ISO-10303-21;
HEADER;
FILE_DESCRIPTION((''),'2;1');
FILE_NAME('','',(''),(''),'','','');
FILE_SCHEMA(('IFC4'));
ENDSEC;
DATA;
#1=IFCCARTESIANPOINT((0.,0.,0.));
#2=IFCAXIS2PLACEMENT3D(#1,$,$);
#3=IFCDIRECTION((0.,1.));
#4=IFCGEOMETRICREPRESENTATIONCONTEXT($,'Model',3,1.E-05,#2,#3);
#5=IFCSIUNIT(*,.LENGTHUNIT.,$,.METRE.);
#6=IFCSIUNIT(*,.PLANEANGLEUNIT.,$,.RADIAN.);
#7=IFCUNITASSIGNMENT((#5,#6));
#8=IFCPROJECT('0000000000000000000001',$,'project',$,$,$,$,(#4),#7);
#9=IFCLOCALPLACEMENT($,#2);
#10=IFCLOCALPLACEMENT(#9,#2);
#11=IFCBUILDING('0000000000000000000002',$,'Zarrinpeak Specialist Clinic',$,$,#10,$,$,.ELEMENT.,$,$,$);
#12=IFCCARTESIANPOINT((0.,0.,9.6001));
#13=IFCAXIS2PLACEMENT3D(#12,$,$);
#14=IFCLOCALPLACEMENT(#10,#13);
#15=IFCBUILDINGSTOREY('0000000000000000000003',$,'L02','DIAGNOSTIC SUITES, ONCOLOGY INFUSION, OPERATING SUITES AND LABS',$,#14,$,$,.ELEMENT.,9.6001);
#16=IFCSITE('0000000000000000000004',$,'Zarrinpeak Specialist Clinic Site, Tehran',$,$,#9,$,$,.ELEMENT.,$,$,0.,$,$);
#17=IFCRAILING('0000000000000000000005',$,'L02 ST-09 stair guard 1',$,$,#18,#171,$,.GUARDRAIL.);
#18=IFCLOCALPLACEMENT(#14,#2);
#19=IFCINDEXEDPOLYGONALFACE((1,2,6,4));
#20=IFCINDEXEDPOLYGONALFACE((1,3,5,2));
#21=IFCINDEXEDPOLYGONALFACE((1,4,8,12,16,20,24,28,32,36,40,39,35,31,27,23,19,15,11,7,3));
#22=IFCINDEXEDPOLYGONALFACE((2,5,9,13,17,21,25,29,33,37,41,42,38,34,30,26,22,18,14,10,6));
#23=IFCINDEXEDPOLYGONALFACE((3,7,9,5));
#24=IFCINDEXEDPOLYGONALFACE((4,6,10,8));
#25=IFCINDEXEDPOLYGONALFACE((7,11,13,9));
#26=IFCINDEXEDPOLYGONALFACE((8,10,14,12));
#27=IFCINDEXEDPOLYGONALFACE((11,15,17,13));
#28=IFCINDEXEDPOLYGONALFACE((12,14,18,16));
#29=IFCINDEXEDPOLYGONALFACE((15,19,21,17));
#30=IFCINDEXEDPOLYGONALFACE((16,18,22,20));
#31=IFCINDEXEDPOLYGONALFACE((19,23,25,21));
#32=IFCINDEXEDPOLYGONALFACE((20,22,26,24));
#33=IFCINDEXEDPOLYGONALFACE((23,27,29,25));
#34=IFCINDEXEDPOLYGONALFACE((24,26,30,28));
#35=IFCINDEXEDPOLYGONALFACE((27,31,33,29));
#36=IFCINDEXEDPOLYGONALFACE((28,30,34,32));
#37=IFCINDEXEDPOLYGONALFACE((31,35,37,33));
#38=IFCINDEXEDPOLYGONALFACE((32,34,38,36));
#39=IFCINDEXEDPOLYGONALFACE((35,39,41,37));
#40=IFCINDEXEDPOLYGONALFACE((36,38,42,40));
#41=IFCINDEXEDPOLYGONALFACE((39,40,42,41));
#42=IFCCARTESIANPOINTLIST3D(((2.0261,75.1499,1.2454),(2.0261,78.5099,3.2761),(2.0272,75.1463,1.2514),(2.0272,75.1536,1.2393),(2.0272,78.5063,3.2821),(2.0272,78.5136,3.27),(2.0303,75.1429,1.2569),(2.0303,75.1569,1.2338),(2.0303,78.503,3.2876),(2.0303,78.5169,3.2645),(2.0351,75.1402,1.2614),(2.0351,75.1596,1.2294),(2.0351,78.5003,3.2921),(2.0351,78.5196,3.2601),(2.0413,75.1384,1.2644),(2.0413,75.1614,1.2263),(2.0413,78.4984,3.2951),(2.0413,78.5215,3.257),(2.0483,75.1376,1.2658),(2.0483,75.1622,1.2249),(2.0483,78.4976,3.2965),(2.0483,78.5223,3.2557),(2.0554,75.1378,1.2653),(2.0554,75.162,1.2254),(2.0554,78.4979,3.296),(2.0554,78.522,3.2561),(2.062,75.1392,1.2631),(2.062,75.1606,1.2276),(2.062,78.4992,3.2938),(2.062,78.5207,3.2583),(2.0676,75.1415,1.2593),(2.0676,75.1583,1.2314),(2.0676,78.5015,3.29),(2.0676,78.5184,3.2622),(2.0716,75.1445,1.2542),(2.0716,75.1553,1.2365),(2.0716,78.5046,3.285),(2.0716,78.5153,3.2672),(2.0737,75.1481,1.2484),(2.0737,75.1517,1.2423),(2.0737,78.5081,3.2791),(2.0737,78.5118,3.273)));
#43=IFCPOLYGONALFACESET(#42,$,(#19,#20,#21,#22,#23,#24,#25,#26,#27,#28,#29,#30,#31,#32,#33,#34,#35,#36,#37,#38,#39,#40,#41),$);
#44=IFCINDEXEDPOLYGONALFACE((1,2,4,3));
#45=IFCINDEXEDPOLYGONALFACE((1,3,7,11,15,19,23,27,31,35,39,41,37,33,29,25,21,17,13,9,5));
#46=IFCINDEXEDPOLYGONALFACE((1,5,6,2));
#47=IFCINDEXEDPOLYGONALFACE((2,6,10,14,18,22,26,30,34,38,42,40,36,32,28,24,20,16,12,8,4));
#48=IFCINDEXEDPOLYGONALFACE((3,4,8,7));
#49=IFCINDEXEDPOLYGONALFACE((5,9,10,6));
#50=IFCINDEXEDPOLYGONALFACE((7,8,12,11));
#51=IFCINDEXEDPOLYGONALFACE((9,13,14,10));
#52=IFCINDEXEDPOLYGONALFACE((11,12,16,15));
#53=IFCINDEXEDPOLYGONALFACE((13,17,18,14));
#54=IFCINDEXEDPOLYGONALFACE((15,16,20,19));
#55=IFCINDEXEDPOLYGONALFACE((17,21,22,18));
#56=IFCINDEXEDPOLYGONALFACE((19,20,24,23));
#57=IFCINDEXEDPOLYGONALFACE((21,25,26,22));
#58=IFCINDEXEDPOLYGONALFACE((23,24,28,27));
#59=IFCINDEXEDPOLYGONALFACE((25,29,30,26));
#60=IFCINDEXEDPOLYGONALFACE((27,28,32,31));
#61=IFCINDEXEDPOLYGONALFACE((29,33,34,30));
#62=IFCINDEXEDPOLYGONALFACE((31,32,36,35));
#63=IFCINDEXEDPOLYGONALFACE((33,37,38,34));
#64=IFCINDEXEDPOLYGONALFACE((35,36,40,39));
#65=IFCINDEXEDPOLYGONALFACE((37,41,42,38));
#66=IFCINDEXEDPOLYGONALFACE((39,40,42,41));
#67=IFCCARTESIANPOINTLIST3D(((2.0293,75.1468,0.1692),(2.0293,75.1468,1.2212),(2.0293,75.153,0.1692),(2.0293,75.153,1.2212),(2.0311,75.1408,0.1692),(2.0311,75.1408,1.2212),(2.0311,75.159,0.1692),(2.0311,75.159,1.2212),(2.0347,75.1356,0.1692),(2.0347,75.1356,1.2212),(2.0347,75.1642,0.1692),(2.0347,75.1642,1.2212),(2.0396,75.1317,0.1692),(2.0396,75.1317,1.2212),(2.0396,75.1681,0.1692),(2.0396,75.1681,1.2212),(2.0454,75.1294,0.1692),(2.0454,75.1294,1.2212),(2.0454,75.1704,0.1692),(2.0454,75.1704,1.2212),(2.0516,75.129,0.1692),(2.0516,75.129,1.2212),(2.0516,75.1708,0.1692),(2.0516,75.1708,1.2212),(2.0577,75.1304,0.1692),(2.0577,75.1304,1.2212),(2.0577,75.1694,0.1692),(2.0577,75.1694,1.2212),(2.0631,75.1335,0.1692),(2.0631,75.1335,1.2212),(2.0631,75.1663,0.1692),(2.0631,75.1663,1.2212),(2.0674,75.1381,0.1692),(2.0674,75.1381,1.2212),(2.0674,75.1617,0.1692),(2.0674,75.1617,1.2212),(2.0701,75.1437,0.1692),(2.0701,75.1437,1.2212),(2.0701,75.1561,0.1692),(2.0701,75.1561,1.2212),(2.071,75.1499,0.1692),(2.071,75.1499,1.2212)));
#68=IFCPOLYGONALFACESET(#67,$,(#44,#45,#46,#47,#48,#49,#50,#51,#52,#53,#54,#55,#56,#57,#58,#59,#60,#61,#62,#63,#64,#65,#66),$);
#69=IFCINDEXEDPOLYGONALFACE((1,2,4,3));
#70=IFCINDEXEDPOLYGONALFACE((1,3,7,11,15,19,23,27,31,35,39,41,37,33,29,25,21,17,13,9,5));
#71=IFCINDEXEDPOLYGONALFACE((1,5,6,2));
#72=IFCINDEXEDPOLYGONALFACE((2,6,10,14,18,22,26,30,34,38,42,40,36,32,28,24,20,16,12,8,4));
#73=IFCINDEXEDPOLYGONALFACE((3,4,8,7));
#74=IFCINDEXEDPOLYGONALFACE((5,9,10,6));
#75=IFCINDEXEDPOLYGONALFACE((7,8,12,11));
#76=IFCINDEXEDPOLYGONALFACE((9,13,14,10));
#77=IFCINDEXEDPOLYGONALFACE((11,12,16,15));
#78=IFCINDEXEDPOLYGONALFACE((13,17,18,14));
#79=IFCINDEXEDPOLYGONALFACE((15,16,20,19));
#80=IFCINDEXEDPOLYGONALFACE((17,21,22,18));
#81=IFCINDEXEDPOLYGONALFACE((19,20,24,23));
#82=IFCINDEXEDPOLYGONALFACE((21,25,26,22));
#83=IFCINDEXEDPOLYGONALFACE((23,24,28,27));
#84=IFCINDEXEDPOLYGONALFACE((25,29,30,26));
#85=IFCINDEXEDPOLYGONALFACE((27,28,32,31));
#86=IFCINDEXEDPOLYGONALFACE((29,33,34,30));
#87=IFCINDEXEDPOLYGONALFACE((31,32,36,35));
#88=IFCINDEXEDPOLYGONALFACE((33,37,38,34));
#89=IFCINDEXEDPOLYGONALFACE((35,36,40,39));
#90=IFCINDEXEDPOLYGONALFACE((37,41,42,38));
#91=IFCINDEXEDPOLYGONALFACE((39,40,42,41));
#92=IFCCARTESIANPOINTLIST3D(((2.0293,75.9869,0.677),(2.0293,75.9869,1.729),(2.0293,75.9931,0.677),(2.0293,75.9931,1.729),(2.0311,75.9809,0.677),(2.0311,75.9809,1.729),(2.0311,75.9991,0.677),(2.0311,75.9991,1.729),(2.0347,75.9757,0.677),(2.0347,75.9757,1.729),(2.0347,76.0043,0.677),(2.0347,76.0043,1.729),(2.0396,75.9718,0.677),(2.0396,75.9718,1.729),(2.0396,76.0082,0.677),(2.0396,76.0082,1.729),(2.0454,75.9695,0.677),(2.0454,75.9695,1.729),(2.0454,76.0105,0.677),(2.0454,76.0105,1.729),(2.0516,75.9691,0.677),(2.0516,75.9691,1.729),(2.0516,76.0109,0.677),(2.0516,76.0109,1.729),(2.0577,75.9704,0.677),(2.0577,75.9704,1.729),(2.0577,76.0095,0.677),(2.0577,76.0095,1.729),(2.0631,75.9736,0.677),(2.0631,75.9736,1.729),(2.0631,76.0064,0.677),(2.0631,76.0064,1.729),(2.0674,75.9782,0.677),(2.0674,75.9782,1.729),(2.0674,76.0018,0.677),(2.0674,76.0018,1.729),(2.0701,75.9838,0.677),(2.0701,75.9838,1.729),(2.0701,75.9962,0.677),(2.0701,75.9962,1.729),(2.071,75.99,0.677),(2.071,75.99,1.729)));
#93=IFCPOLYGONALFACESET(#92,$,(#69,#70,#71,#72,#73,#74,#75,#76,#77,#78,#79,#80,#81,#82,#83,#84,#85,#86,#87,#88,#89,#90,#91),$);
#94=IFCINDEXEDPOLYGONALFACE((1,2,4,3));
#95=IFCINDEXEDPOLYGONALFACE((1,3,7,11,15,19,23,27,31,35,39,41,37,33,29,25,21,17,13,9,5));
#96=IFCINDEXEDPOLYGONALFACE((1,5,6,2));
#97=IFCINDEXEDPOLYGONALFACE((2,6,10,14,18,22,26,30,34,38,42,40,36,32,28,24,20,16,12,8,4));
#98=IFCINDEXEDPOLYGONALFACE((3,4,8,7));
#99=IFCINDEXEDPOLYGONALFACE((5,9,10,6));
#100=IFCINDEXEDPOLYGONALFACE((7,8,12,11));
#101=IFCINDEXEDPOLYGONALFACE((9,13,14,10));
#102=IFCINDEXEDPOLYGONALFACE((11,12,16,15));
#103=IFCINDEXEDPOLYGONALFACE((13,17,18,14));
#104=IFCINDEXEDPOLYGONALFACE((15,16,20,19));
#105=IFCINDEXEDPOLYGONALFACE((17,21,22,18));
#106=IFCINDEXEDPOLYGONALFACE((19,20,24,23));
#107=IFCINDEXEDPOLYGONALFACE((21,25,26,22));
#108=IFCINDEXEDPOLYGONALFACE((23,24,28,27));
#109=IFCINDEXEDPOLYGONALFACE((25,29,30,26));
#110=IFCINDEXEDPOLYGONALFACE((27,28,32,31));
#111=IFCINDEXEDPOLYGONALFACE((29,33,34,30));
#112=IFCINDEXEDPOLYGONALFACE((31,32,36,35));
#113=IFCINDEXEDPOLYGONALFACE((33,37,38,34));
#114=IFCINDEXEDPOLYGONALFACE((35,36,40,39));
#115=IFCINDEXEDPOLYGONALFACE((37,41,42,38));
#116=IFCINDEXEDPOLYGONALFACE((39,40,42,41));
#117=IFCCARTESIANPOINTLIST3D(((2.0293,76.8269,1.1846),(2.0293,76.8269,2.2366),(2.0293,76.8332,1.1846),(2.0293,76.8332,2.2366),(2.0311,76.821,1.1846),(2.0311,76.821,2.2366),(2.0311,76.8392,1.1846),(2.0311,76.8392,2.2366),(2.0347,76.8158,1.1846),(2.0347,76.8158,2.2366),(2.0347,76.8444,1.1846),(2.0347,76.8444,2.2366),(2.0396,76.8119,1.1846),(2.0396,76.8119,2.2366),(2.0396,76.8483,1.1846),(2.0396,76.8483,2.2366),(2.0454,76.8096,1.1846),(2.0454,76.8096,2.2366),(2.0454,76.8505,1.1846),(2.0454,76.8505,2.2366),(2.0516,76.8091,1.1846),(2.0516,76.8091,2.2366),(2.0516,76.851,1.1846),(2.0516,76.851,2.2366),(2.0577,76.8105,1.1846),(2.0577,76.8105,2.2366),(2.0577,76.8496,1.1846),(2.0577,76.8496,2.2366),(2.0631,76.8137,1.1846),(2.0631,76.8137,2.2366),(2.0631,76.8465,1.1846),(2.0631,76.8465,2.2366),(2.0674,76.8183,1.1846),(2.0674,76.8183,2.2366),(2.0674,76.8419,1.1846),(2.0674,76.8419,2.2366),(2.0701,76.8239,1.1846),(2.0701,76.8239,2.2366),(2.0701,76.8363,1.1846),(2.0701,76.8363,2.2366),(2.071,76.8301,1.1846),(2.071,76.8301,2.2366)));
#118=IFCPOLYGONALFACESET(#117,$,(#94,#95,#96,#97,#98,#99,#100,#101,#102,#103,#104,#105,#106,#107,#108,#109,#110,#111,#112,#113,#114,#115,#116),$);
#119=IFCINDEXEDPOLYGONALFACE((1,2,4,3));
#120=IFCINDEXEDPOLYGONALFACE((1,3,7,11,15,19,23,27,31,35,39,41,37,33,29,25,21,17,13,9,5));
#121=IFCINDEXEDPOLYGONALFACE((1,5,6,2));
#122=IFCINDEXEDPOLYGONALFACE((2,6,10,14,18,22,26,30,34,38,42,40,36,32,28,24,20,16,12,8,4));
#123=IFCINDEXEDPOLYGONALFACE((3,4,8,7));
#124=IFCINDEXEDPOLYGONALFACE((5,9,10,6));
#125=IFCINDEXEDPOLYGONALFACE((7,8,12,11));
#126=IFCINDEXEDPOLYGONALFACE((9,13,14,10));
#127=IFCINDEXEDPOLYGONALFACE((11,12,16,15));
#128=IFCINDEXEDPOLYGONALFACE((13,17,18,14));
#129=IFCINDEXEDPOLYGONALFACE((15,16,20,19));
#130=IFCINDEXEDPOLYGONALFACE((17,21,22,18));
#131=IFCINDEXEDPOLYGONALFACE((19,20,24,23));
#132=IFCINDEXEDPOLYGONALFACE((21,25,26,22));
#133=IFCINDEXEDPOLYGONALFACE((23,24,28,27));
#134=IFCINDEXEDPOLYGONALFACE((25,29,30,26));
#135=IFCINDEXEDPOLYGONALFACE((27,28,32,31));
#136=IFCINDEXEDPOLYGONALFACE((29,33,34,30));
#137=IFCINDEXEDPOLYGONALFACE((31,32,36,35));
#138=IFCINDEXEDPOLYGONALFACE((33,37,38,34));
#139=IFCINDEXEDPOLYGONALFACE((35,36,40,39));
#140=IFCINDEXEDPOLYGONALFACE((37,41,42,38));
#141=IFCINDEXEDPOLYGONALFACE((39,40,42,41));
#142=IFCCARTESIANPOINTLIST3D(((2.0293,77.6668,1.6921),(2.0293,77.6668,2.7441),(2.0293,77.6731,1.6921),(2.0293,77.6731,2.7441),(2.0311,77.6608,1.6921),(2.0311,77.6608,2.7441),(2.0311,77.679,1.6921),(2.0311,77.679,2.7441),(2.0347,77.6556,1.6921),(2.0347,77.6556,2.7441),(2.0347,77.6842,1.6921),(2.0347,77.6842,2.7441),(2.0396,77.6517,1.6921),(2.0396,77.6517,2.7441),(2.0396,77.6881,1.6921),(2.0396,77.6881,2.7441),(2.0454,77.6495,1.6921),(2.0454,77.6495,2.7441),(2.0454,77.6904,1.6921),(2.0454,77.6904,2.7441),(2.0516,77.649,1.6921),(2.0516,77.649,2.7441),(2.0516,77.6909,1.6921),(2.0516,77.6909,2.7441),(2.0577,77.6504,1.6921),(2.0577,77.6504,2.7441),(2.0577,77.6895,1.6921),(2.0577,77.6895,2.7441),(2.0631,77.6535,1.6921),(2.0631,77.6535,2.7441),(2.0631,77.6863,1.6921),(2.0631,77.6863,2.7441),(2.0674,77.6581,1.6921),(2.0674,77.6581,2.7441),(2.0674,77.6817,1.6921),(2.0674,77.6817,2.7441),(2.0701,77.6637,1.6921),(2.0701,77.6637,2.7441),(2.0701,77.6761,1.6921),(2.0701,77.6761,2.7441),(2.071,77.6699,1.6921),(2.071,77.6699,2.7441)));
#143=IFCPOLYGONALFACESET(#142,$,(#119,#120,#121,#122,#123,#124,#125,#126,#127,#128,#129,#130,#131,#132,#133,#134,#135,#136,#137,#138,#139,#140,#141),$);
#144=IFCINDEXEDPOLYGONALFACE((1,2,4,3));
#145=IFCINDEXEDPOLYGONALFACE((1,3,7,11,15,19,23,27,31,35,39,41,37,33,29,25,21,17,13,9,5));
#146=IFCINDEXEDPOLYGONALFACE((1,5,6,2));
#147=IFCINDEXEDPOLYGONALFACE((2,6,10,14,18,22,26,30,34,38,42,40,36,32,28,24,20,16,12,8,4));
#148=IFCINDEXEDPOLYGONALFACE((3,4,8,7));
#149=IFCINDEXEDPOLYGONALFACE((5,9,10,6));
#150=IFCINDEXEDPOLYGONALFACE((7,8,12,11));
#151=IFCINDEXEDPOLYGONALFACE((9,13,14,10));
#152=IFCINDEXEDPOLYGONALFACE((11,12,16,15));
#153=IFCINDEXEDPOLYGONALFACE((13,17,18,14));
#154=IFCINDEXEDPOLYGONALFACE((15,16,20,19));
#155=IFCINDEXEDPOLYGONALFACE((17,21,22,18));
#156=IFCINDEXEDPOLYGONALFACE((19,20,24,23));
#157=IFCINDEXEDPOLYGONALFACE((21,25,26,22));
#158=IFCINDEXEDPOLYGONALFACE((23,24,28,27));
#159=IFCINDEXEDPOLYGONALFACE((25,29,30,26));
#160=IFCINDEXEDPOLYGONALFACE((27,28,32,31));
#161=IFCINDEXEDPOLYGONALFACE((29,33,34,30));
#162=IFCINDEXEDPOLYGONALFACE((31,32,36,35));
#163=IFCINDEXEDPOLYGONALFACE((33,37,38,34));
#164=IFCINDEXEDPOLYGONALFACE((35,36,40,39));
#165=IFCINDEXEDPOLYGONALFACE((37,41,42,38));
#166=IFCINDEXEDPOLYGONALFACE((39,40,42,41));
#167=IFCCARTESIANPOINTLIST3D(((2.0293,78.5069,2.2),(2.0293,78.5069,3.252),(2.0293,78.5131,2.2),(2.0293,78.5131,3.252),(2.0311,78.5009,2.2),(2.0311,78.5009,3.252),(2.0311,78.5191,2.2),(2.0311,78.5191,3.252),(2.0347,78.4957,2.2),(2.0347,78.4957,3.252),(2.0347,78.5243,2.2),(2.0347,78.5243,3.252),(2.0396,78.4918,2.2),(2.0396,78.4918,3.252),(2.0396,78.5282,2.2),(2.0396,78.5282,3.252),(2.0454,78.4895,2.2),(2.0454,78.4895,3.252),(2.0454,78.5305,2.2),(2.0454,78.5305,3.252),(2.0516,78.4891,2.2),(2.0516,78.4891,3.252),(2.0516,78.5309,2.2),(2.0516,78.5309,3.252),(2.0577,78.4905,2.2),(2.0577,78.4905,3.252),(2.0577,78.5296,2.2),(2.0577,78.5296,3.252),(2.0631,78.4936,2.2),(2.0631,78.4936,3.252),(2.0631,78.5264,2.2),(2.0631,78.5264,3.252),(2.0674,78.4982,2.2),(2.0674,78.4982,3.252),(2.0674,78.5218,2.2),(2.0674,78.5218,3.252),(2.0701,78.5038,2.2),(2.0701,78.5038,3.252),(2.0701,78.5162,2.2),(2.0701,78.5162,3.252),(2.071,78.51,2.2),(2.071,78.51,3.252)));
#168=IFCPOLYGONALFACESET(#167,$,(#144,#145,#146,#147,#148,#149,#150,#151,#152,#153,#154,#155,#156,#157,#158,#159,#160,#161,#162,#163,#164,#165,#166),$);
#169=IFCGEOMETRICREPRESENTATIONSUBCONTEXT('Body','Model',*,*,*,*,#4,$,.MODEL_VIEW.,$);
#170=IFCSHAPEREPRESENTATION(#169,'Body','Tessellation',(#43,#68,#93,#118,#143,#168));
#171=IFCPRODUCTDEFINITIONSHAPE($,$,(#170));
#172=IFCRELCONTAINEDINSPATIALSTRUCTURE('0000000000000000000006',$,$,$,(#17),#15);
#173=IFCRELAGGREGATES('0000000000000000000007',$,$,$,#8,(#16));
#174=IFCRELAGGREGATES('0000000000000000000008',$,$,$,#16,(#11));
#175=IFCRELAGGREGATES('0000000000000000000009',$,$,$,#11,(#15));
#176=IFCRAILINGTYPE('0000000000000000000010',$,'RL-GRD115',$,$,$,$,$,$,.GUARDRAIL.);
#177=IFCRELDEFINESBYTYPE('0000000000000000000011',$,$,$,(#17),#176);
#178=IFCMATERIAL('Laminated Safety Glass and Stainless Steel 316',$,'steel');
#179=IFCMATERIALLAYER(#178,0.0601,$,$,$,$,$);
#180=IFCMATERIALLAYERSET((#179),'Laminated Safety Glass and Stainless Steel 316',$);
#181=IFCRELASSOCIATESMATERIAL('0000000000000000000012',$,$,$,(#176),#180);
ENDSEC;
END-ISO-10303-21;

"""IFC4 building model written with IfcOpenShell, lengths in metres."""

from ifc_helpers import new_model, si_unit, direction, frame, origin, origin_2d, place, context, subcontext, project, spatial, circle, extrude, material, layer, layer_set, type_object, element, save


model = new_model("IFC4")

# Units and contexts
model_context = context("Model", 3, precision=1e-05, world=origin(), true_north=direction((0.0, 1.0)))
body_context = subcontext(model_context, "Body", "Model", "MODEL_VIEW")
ifc_project = project(units=[si_unit("LENGTHUNIT", "METRE"), si_unit("PLANEANGLEUNIT", "RADIAN")], contexts=[model_context])

# Site, building, storey
site_placement = place(None, origin())
site = spatial("IfcSite", under=ifc_project, at=site_placement, Name="Zarrinpeak Specialist Clinic Site, Tehran", CompositionType="ELEMENT", RefElevation=0.0)
building_placement = place(site_placement, origin())
building = spatial("IfcBuilding", under=site, at=building_placement, Name="Zarrinpeak Specialist Clinic", CompositionType="ELEMENT")
storey_placement = place(building_placement, frame((0.0, 0.0, 9.6001)))
storey = spatial("IfcBuildingStorey", under=building, at=storey_placement, Name="L02", Description="DIAGNOSTIC SUITES, ONCOLOGY INFUSION, OPERATING SUITES AND LABS", CompositionType="ELEMENT", Elevation=9.6001)

# Railing
ifc_material_1 = material(Name="Laminated Safety Glass and Stainless Steel 316", Category="steel")
ifc_layer_1 = layer(ifc_material_1, 0.0601)
ifc_layer_set_1 = layer_set([ifc_layer_1], Name="Laminated Safety Glass and Stainless Steel 316")
railing_type_1 = type_object("IfcRailingType", Name="RL-GRD115", PredefinedType="GUARDRAIL", material=ifc_layer_set_1)
railing_1_placement = place(storey_placement, frame((2.05, 75.1499, 0.1692)))
element("IfcRailing", 1, at=railing_1_placement, inside=storey, type_object=railing_type_1, Name="L02 ST-09 stair guard 1", PredefinedType="GUARDRAIL", context=body_context, shape_type="SweptSolid", body=[
    extrude(circle(Radius=0.0239, at=origin_2d()), frame((0.0, 0.0, 1.0762), z_axis=(0.0, 0.855837, 0.517246), x_axis=(-1.0, 0.0, 0.0)), (0.0, 0.0, 1.0), 3.926),
    extrude(circle(Radius=0.021, at=origin_2d()), origin(), (0.0, 0.0, 1.0), 1.052),
    extrude(circle(Radius=0.021, at=origin_2d()), frame((0.0, 0.8401, 0.5078)), (0.0, 0.0, 1.0), 1.052),
    extrude(circle(Radius=0.021, at=origin_2d()), frame((0.0, 1.6802, 1.0154)), (0.0, 0.0, 1.0), 1.052),
    extrude(circle(Radius=0.021, at=origin_2d()), frame((0.0, 2.52, 1.5229)), (0.0, 0.0, 1.0), 1.052),
    extrude(circle(Radius=0.021, at=origin_2d()), frame((0.0, 3.3601, 2.0308)), (0.0, 0.0, 1.0), 1.052),
])

save(model, "model.ifc")
